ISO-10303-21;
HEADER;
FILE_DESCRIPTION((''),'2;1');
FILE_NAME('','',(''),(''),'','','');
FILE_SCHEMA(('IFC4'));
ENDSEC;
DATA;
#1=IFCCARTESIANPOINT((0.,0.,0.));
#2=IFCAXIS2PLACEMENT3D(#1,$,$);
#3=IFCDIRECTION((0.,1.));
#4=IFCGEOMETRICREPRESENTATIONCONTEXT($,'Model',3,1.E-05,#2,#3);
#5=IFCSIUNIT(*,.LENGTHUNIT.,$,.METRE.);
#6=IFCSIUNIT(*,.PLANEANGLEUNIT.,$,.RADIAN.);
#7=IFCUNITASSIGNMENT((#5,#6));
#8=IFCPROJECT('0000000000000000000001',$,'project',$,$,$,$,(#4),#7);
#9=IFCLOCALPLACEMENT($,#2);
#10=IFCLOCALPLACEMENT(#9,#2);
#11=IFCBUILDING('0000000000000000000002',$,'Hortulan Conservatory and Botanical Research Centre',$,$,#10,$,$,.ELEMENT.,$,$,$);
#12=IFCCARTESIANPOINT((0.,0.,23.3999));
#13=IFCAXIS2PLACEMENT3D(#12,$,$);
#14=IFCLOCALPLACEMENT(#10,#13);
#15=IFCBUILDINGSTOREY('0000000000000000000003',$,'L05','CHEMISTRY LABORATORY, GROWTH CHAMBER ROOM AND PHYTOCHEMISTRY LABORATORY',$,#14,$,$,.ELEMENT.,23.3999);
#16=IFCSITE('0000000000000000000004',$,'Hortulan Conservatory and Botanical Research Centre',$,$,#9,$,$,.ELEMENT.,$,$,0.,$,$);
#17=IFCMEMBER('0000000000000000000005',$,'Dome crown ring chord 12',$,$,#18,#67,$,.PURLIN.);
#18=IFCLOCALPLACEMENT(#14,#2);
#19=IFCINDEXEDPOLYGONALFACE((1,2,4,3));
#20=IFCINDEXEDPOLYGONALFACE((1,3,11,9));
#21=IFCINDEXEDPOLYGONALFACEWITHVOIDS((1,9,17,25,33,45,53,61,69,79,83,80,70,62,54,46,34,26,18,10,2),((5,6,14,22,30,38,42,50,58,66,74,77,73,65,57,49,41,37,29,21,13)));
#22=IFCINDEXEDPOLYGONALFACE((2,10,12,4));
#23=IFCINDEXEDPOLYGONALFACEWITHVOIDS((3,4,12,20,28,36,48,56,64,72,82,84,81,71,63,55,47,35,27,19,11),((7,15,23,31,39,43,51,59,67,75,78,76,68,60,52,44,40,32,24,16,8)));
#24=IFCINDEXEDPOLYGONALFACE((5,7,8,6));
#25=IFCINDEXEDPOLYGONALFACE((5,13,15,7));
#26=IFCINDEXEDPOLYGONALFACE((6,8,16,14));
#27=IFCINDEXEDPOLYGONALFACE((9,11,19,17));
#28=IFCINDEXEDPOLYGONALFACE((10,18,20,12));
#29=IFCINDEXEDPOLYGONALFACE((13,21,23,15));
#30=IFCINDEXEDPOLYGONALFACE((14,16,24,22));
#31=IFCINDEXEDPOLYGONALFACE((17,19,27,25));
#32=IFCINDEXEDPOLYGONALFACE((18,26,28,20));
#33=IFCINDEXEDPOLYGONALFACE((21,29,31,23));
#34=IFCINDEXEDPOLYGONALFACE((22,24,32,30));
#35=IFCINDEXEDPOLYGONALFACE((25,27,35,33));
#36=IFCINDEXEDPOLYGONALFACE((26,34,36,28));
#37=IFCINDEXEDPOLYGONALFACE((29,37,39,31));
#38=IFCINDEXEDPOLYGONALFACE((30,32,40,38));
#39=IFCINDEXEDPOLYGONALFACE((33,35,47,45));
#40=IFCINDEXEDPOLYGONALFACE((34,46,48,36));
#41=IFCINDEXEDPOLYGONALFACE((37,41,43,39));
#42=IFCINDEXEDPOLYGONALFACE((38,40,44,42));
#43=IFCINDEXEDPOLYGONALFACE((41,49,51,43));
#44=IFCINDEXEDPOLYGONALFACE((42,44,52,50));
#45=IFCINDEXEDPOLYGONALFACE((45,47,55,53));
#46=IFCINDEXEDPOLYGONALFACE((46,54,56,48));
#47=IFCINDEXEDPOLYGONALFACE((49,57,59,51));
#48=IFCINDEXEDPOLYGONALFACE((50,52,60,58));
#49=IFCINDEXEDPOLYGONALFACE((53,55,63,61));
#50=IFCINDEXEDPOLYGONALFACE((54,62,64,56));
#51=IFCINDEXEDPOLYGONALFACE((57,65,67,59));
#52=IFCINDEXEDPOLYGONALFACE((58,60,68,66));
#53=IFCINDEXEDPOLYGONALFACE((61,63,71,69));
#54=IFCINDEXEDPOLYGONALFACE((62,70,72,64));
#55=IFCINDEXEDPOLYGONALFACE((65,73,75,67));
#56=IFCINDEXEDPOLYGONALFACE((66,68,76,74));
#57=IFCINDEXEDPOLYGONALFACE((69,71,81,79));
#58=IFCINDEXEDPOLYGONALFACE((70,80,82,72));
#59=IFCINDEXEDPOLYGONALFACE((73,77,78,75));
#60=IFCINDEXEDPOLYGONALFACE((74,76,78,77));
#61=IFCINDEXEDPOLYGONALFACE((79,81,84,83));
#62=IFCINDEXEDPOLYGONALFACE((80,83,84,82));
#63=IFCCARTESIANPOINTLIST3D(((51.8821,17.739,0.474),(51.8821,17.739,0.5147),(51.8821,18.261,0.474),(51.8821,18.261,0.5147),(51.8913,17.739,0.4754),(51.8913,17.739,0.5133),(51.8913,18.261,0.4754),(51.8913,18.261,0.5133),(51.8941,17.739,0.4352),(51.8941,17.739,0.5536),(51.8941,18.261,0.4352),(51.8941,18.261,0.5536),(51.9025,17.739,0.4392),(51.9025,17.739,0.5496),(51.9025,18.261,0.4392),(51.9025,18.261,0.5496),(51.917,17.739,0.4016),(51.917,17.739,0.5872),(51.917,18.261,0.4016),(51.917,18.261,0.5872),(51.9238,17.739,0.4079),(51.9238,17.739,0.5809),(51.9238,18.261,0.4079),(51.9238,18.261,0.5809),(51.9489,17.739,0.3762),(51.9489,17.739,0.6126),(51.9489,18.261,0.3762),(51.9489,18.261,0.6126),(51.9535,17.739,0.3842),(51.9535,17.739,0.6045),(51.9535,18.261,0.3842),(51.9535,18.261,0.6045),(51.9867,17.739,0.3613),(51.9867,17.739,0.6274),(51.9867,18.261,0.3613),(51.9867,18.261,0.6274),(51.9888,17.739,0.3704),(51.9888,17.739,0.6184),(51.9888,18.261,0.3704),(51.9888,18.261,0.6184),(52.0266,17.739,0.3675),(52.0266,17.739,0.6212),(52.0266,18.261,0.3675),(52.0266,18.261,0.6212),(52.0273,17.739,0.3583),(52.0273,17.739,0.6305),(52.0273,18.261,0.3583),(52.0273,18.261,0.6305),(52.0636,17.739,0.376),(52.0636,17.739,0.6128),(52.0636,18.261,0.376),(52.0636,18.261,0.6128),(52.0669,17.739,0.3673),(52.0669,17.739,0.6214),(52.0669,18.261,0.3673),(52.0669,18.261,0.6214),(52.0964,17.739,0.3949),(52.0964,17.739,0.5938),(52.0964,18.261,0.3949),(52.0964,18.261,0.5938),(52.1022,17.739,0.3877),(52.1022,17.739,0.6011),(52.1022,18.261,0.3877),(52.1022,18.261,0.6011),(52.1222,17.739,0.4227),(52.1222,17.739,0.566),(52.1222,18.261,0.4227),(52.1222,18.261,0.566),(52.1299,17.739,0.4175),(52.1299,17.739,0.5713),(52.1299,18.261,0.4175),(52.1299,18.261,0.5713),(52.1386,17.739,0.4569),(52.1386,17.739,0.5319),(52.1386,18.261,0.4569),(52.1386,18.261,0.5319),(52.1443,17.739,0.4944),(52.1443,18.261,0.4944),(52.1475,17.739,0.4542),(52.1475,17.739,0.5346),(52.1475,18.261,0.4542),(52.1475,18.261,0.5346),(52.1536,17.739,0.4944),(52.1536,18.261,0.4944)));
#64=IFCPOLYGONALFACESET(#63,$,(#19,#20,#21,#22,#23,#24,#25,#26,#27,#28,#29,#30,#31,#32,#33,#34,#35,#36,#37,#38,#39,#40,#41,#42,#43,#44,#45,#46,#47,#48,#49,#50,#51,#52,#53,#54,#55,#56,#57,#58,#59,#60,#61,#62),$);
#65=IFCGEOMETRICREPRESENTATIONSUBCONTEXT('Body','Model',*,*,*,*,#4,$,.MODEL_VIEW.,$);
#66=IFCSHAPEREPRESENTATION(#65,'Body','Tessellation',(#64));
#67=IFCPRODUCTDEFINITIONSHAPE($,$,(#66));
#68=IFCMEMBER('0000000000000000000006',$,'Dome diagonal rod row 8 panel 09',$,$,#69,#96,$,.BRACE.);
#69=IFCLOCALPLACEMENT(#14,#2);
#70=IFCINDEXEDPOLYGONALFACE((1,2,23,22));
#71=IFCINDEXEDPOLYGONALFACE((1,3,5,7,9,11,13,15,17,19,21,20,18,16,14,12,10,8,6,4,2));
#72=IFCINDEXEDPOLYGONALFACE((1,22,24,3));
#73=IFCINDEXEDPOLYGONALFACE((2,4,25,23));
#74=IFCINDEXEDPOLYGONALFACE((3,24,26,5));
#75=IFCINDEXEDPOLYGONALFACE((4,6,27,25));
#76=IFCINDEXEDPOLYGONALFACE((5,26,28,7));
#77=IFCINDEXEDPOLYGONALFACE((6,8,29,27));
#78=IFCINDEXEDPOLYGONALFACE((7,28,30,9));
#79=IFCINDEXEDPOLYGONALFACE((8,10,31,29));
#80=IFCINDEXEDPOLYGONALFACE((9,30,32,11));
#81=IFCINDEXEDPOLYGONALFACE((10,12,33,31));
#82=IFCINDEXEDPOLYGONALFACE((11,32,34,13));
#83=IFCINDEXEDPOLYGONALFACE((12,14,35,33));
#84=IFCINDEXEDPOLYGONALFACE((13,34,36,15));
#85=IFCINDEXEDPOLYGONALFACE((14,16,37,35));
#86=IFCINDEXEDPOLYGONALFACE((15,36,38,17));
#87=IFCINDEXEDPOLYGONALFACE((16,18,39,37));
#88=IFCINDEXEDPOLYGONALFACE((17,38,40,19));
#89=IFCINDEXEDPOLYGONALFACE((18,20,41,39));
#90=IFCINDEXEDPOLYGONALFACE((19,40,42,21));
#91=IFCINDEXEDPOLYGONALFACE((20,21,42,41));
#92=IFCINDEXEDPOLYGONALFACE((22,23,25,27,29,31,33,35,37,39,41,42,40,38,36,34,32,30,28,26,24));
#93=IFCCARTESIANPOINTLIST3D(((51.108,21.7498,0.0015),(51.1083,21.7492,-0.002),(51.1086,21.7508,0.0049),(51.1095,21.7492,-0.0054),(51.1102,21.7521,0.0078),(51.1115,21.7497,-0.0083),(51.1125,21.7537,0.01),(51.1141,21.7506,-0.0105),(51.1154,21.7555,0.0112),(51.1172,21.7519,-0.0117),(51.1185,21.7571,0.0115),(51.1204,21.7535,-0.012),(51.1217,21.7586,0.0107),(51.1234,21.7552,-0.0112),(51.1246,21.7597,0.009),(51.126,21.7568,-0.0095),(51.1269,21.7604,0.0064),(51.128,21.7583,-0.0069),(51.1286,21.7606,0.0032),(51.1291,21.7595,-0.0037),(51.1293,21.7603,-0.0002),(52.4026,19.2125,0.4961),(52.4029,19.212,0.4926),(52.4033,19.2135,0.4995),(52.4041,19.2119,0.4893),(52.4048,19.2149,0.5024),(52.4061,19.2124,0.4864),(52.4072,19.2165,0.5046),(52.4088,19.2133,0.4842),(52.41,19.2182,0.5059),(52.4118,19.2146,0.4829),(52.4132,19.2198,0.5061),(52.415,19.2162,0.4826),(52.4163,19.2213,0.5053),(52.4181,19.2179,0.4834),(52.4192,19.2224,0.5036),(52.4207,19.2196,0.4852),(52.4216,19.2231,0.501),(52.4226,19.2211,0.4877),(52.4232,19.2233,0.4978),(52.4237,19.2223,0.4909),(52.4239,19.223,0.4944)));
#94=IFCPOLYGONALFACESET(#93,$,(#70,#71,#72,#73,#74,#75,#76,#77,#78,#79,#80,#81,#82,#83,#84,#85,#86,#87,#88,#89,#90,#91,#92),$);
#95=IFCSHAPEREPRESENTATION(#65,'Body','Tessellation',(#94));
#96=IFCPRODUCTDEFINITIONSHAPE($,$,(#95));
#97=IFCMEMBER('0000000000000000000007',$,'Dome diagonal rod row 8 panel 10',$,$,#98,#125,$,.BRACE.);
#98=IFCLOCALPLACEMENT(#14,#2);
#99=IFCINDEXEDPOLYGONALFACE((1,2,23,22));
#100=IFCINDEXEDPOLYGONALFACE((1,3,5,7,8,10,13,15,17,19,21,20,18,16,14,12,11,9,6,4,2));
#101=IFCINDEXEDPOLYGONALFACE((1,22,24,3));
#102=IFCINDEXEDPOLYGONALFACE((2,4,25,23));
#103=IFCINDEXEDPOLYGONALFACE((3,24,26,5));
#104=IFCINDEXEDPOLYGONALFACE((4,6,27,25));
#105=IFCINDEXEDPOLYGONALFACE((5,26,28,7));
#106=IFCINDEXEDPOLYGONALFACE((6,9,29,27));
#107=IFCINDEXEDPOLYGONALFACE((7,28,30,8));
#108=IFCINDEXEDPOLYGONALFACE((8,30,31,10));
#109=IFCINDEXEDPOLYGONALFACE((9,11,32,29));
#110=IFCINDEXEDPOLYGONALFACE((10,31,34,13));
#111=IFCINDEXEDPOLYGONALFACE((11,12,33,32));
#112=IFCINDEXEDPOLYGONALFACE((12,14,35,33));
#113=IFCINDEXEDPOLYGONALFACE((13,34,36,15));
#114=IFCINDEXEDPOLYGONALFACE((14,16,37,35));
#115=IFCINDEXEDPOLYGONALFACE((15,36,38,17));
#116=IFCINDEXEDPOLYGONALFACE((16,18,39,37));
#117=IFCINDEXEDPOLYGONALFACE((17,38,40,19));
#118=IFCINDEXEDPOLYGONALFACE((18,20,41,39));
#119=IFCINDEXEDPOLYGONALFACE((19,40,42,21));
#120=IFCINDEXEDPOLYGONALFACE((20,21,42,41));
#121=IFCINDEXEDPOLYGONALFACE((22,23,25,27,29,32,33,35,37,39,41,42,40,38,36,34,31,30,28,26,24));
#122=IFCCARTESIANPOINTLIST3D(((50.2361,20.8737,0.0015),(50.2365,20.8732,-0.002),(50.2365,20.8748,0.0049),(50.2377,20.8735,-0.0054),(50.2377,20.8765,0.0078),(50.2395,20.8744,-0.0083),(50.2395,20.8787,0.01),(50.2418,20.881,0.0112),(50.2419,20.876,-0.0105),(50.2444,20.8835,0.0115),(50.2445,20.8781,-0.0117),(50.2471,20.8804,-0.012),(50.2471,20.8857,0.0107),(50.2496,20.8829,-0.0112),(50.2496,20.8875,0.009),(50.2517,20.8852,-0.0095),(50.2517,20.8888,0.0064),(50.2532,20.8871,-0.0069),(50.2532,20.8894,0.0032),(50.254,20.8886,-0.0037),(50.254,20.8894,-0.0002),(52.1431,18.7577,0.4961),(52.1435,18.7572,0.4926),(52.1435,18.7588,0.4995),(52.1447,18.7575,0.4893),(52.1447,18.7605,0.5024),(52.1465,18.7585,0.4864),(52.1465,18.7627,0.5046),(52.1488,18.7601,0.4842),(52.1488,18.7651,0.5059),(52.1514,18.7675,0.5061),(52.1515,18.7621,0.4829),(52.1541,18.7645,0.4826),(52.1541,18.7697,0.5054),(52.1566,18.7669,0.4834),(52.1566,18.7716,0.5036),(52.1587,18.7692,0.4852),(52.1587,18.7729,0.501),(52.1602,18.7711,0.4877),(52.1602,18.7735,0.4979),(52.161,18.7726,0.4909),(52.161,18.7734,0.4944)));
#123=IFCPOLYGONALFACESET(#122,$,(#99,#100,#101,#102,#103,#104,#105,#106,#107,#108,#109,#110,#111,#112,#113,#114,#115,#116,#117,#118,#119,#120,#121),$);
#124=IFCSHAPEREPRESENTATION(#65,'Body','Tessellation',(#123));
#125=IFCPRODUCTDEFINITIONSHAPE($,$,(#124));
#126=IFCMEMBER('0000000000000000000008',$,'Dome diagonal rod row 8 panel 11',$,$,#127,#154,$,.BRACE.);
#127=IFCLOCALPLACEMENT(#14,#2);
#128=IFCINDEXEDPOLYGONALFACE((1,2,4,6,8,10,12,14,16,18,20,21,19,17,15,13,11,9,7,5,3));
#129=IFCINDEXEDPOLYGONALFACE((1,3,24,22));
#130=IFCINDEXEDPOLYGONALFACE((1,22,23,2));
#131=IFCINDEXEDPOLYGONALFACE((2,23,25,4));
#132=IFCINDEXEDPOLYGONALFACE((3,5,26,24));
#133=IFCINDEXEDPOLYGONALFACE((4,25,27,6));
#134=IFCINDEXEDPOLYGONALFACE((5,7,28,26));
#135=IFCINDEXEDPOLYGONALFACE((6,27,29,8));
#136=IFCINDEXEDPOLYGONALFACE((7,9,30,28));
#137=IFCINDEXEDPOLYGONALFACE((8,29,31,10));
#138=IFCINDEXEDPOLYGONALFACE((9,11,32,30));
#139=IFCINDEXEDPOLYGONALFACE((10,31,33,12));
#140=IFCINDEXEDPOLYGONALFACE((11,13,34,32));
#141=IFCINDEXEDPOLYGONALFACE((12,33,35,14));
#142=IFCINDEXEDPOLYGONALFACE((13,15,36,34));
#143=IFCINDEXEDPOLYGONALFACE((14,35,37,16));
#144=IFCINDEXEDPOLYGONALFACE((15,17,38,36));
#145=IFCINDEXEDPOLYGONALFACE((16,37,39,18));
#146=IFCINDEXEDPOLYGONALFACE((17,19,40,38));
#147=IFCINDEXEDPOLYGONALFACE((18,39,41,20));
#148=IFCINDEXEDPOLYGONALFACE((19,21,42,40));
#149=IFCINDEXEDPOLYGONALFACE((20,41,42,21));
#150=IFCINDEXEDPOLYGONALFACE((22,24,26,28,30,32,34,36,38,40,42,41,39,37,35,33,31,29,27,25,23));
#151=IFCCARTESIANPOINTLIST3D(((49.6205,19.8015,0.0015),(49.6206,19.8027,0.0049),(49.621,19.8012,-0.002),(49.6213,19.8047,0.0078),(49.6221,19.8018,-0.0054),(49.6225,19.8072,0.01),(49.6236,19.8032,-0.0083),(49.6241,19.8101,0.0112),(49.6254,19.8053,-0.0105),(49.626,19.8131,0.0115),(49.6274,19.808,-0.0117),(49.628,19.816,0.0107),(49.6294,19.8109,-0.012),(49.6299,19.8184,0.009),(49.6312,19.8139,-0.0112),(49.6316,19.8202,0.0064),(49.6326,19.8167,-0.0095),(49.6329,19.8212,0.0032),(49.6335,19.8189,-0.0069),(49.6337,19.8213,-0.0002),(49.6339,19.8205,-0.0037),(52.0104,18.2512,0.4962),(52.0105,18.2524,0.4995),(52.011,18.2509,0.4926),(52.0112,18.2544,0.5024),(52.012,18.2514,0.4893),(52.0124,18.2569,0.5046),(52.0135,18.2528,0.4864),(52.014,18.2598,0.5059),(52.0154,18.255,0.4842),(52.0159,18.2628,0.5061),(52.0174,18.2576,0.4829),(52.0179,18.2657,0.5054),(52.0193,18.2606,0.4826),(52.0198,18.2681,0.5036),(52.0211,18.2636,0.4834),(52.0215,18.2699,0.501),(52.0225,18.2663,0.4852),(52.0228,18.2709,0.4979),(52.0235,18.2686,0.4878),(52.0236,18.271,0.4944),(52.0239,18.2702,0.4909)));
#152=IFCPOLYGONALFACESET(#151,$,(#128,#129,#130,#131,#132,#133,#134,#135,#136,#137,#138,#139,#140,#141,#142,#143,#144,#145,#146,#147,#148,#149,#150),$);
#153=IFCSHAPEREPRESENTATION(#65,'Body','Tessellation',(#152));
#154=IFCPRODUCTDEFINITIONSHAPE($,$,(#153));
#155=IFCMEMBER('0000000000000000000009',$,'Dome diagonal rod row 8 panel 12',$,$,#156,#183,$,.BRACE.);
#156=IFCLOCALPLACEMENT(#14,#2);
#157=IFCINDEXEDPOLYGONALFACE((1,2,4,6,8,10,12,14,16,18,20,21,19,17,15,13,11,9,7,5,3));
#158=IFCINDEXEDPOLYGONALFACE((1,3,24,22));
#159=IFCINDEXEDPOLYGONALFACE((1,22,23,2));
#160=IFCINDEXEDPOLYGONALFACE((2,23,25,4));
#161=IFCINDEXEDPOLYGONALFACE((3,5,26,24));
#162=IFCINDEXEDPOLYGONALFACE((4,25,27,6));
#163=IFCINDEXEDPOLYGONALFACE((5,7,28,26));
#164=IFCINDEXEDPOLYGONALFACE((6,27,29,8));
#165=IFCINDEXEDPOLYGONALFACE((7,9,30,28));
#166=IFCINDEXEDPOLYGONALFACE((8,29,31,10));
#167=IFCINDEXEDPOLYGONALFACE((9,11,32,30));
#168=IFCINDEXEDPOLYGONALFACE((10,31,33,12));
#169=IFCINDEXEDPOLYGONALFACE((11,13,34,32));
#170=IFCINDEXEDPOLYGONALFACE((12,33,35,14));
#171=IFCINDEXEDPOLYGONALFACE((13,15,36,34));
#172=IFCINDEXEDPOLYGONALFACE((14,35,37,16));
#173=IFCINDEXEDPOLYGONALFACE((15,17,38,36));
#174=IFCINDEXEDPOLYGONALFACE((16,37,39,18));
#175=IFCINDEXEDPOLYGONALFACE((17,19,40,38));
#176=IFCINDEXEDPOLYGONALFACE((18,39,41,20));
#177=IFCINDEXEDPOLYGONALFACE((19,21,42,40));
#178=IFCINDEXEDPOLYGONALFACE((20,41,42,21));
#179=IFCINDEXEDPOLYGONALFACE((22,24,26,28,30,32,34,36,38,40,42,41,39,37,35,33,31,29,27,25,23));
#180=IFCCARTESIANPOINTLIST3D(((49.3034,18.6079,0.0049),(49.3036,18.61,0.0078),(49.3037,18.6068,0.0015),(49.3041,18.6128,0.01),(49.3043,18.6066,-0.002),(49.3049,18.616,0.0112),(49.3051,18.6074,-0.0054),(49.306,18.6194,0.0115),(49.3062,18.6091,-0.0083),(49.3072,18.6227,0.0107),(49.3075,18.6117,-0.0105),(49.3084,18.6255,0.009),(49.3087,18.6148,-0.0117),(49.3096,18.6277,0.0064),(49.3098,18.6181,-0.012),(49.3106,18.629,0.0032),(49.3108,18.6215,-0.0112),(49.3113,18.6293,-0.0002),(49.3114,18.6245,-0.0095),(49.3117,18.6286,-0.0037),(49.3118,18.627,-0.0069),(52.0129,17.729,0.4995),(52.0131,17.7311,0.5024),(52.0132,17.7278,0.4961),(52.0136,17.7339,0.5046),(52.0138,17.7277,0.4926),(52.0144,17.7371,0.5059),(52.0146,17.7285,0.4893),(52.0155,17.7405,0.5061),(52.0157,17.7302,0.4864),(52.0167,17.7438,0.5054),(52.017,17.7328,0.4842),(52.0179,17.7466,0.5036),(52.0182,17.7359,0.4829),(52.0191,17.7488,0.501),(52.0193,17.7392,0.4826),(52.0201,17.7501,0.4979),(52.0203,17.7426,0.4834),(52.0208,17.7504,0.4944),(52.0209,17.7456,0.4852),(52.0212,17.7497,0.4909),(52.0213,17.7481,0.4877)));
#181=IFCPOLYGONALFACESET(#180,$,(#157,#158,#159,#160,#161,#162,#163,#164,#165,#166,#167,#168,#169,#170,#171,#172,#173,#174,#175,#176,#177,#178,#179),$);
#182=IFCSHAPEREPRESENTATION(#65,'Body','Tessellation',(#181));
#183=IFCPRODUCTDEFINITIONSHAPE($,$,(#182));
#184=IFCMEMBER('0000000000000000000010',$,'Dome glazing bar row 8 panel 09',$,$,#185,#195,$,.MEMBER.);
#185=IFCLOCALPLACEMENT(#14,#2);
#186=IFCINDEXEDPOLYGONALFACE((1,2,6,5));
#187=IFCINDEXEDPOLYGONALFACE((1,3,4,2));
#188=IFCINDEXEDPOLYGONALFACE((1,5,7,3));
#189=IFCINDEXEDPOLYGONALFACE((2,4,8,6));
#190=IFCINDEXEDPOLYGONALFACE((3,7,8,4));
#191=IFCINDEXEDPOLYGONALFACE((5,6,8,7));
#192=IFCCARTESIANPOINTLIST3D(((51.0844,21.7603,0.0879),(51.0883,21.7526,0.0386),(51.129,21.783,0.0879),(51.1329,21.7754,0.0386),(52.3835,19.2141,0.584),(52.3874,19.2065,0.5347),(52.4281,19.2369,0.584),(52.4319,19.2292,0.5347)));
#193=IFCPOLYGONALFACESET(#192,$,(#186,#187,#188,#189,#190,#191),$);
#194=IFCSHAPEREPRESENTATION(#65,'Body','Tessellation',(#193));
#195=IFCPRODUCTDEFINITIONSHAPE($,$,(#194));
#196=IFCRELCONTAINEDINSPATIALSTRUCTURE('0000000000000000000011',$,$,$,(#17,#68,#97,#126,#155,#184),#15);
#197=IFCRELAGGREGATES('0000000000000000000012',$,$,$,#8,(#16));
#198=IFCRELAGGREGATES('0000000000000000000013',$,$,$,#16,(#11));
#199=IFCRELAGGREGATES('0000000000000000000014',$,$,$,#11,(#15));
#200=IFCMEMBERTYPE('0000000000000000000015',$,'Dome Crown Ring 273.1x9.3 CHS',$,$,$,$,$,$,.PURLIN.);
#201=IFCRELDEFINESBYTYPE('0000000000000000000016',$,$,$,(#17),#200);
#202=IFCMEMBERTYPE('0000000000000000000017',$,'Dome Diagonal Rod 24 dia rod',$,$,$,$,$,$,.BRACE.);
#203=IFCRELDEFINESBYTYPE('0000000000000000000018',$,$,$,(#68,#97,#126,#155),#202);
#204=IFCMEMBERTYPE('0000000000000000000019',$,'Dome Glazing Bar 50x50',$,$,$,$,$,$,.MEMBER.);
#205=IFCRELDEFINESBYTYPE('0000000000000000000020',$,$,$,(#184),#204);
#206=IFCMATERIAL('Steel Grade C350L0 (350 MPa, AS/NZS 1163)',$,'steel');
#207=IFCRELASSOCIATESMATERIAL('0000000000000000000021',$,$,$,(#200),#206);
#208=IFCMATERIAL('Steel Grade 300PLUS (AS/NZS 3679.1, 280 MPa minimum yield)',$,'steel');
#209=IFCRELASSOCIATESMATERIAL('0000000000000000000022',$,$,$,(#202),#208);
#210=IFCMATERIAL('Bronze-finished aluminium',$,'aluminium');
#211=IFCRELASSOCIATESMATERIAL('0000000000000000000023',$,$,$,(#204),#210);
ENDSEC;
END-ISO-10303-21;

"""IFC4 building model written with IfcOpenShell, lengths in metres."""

from ifc_helpers import new_model, si_unit, direction, frame, origin, origin_2d, place, context, subcontext, project, spatial, rectangle, circle, hollow_circle, extrude, material, material_profile, profile_set, type_object, element, save


model = new_model("IFC4")

# Units and contexts
model_context = context("Model", 3, precision=1e-05, world=origin(), true_north=direction((0.0, 1.0)))
body_context = subcontext(model_context, "Body", "Model", "MODEL_VIEW")
ifc_project = project(units=[si_unit("LENGTHUNIT", "METRE"), si_unit("PLANEANGLEUNIT", "RADIAN")], contexts=[model_context])

# Site, building, storey
site_placement = place(None, origin())
site = spatial("IfcSite", under=ifc_project, at=site_placement, Name="Hortulan Conservatory and Botanical Research Centre", CompositionType="ELEMENT", RefElevation=0.0)
building_placement = place(site_placement, origin())
building = spatial("IfcBuilding", under=site, at=building_placement, Name="Hortulan Conservatory and Botanical Research Centre", CompositionType="ELEMENT")
storey_placement = place(building_placement, frame((0.0, 0.0, 23.3999)))
storey = spatial("IfcBuildingStorey", under=building, at=storey_placement, Name="L05", Description="CHEMISTRY LABORATORY, GROWTH CHAMBER ROOM AND PHYTOCHEMISTRY LABORATORY", CompositionType="ELEMENT", Elevation=23.3999)

# Members
ifc_material_1 = material(Name="Steel Grade C350L0 (350 MPa, AS/NZS 1163)", Category="steel")
ifc_material_profile_1 = material_profile(ifc_material_1, hollow_circle(Radius=0.1365, WallThickness=0.0093, at=origin_2d()), Name="273.1x9.3CHS")
ifc_profile_set_1 = profile_set([ifc_material_profile_1], Name="Steel Grade C350L0 (350 MPa, AS/NZS 1163)")
member_type_1 = type_object("IfcMemberType", Name="Dome Crown Ring 273.1x9.3 CHS", PredefinedType="PURLIN", material=ifc_profile_set_1)
member_1_placement = place(storey_placement, frame((52.0171, 18.261, 0.4944), z_axis=(0.0, -1.0, 0.0), x_axis=(1.0, 0.0, 0.0)))
element("IfcMember", 1, at=member_1_placement, inside=storey, type_object=member_type_1, Name="Dome crown ring chord 12", PredefinedType="PURLIN", context=body_context, shape_type="SweptSolid", body=[
    extrude(hollow_circle(Radius=0.1365, WallThickness=0.0093, at=origin_2d()), origin(), (0.0, 0.0, 1.0), 0.522),
])
ifc_material_2 = material(Name="Steel Grade 300PLUS (AS/NZS 3679.1, 280 MPa minimum yield)", Category="steel")
ifc_material_profile_2 = material_profile(ifc_material_2, circle(Radius=0.012, at=origin_2d()), Name="24 dia rod")
ifc_profile_set_2 = profile_set([ifc_material_profile_2], Name="Steel Grade 300PLUS (AS/NZS 3679.1, 280 MPa minimum yield)")
member_type_2 = type_object("IfcMemberType", Name="Dome Diagonal Rod 24 dia rod", PredefinedType="BRACE", material=ifc_profile_set_2)
for number, where, z_axis, x_axis, name in (
    (2, (51.1187, 21.7549, -0.0002), (0.4478, -0.877614, 0.171081), (0.890746, 0.454501, 0.0), "Dome diagonal rod row 8 panel 09"),
    (3, (50.2451, 20.8813, -0.0002), (0.659601, -0.731886, 0.171086), (0.742838, 0.669471, 0.0), "Dome diagonal rod row 8 panel 10"),
):
    element("IfcMember", number, at=place(storey_placement, frame(where, z_axis=z_axis, x_axis=x_axis)), inside=storey, type_object=member_type_2, Name=name, PredefinedType="BRACE", context=body_context, shape_type="SweptSolid", body=[
        extrude(circle(Radius=0.012, at=origin_2d()), origin(), (0.0, 0.0, 1.0), 2.8911),
    ])
member_2_placement = place(storey_placement, frame((49.6272, 19.8113, -0.0002), z_axis=(0.826579, -0.536191, 0.171075), x_axis=(0.544214, 0.838946, 0.0)))
element("IfcMember", 4, at=member_2_placement, inside=storey, type_object=member_type_2, Name="Dome diagonal rod row 8 panel 11", PredefinedType="BRACE", context=body_context, shape_type="SweptSolid", body=[
    extrude(circle(Radius=0.012, at=origin_2d()), origin(), (0.0, 0.0, 1.0), 2.8914),
])
member_3_placement = place(storey_placement, frame((49.3076, 18.6179, -0.0002), z_axis=(0.937182, -0.304006, 0.171088), x_axis=(0.308555, 0.951207, 0.0)))
element("IfcMember", 5, at=member_3_placement, inside=storey, type_object=member_type_2, Name="Dome diagonal rod row 8 panel 12", PredefinedType="BRACE", context=body_context, shape_type="SweptSolid", body=[
    extrude(circle(Radius=0.012, at=origin_2d()), origin(), (0.0, 0.0, 1.0), 2.8911),
])
ifc_material_3 = material(Name="Bronze-finished aluminium", Category="aluminium")
ifc_material_profile_3 = material_profile(ifc_material_3, rectangle(XDim=0.05, YDim=0.05, at=origin_2d()), Name="Square bar 50x50")
ifc_profile_set_3 = profile_set([ifc_material_profile_3], Name="Bronze-finished aluminium")
member_type_3 = type_object("IfcMemberType", Name="Dome Glazing Bar 50x50", PredefinedType="MEMBER", material=ifc_profile_set_3)
for number, where, z_axis, x_axis, name in (
    (6, (51.1086, 21.7678, 0.0632), (0.447782, -0.877639, 0.171), (0.890759, 0.454476, 0.0), "Dome glazing bar row 8 panel 09"),
):
    element("IfcMember", number, at=place(storey_placement, frame(where, z_axis=z_axis, x_axis=x_axis)), inside=storey, type_object=member_type_3, Name=name, PredefinedType="MEMBER", context=body_context, shape_type="SweptSolid", body=[
        extrude(rectangle(XDim=0.05, YDim=0.05, at=origin_2d()), origin(), (0.0, 0.0, 1.0), 2.9011),
    ])

save(model, "model.ifc")
